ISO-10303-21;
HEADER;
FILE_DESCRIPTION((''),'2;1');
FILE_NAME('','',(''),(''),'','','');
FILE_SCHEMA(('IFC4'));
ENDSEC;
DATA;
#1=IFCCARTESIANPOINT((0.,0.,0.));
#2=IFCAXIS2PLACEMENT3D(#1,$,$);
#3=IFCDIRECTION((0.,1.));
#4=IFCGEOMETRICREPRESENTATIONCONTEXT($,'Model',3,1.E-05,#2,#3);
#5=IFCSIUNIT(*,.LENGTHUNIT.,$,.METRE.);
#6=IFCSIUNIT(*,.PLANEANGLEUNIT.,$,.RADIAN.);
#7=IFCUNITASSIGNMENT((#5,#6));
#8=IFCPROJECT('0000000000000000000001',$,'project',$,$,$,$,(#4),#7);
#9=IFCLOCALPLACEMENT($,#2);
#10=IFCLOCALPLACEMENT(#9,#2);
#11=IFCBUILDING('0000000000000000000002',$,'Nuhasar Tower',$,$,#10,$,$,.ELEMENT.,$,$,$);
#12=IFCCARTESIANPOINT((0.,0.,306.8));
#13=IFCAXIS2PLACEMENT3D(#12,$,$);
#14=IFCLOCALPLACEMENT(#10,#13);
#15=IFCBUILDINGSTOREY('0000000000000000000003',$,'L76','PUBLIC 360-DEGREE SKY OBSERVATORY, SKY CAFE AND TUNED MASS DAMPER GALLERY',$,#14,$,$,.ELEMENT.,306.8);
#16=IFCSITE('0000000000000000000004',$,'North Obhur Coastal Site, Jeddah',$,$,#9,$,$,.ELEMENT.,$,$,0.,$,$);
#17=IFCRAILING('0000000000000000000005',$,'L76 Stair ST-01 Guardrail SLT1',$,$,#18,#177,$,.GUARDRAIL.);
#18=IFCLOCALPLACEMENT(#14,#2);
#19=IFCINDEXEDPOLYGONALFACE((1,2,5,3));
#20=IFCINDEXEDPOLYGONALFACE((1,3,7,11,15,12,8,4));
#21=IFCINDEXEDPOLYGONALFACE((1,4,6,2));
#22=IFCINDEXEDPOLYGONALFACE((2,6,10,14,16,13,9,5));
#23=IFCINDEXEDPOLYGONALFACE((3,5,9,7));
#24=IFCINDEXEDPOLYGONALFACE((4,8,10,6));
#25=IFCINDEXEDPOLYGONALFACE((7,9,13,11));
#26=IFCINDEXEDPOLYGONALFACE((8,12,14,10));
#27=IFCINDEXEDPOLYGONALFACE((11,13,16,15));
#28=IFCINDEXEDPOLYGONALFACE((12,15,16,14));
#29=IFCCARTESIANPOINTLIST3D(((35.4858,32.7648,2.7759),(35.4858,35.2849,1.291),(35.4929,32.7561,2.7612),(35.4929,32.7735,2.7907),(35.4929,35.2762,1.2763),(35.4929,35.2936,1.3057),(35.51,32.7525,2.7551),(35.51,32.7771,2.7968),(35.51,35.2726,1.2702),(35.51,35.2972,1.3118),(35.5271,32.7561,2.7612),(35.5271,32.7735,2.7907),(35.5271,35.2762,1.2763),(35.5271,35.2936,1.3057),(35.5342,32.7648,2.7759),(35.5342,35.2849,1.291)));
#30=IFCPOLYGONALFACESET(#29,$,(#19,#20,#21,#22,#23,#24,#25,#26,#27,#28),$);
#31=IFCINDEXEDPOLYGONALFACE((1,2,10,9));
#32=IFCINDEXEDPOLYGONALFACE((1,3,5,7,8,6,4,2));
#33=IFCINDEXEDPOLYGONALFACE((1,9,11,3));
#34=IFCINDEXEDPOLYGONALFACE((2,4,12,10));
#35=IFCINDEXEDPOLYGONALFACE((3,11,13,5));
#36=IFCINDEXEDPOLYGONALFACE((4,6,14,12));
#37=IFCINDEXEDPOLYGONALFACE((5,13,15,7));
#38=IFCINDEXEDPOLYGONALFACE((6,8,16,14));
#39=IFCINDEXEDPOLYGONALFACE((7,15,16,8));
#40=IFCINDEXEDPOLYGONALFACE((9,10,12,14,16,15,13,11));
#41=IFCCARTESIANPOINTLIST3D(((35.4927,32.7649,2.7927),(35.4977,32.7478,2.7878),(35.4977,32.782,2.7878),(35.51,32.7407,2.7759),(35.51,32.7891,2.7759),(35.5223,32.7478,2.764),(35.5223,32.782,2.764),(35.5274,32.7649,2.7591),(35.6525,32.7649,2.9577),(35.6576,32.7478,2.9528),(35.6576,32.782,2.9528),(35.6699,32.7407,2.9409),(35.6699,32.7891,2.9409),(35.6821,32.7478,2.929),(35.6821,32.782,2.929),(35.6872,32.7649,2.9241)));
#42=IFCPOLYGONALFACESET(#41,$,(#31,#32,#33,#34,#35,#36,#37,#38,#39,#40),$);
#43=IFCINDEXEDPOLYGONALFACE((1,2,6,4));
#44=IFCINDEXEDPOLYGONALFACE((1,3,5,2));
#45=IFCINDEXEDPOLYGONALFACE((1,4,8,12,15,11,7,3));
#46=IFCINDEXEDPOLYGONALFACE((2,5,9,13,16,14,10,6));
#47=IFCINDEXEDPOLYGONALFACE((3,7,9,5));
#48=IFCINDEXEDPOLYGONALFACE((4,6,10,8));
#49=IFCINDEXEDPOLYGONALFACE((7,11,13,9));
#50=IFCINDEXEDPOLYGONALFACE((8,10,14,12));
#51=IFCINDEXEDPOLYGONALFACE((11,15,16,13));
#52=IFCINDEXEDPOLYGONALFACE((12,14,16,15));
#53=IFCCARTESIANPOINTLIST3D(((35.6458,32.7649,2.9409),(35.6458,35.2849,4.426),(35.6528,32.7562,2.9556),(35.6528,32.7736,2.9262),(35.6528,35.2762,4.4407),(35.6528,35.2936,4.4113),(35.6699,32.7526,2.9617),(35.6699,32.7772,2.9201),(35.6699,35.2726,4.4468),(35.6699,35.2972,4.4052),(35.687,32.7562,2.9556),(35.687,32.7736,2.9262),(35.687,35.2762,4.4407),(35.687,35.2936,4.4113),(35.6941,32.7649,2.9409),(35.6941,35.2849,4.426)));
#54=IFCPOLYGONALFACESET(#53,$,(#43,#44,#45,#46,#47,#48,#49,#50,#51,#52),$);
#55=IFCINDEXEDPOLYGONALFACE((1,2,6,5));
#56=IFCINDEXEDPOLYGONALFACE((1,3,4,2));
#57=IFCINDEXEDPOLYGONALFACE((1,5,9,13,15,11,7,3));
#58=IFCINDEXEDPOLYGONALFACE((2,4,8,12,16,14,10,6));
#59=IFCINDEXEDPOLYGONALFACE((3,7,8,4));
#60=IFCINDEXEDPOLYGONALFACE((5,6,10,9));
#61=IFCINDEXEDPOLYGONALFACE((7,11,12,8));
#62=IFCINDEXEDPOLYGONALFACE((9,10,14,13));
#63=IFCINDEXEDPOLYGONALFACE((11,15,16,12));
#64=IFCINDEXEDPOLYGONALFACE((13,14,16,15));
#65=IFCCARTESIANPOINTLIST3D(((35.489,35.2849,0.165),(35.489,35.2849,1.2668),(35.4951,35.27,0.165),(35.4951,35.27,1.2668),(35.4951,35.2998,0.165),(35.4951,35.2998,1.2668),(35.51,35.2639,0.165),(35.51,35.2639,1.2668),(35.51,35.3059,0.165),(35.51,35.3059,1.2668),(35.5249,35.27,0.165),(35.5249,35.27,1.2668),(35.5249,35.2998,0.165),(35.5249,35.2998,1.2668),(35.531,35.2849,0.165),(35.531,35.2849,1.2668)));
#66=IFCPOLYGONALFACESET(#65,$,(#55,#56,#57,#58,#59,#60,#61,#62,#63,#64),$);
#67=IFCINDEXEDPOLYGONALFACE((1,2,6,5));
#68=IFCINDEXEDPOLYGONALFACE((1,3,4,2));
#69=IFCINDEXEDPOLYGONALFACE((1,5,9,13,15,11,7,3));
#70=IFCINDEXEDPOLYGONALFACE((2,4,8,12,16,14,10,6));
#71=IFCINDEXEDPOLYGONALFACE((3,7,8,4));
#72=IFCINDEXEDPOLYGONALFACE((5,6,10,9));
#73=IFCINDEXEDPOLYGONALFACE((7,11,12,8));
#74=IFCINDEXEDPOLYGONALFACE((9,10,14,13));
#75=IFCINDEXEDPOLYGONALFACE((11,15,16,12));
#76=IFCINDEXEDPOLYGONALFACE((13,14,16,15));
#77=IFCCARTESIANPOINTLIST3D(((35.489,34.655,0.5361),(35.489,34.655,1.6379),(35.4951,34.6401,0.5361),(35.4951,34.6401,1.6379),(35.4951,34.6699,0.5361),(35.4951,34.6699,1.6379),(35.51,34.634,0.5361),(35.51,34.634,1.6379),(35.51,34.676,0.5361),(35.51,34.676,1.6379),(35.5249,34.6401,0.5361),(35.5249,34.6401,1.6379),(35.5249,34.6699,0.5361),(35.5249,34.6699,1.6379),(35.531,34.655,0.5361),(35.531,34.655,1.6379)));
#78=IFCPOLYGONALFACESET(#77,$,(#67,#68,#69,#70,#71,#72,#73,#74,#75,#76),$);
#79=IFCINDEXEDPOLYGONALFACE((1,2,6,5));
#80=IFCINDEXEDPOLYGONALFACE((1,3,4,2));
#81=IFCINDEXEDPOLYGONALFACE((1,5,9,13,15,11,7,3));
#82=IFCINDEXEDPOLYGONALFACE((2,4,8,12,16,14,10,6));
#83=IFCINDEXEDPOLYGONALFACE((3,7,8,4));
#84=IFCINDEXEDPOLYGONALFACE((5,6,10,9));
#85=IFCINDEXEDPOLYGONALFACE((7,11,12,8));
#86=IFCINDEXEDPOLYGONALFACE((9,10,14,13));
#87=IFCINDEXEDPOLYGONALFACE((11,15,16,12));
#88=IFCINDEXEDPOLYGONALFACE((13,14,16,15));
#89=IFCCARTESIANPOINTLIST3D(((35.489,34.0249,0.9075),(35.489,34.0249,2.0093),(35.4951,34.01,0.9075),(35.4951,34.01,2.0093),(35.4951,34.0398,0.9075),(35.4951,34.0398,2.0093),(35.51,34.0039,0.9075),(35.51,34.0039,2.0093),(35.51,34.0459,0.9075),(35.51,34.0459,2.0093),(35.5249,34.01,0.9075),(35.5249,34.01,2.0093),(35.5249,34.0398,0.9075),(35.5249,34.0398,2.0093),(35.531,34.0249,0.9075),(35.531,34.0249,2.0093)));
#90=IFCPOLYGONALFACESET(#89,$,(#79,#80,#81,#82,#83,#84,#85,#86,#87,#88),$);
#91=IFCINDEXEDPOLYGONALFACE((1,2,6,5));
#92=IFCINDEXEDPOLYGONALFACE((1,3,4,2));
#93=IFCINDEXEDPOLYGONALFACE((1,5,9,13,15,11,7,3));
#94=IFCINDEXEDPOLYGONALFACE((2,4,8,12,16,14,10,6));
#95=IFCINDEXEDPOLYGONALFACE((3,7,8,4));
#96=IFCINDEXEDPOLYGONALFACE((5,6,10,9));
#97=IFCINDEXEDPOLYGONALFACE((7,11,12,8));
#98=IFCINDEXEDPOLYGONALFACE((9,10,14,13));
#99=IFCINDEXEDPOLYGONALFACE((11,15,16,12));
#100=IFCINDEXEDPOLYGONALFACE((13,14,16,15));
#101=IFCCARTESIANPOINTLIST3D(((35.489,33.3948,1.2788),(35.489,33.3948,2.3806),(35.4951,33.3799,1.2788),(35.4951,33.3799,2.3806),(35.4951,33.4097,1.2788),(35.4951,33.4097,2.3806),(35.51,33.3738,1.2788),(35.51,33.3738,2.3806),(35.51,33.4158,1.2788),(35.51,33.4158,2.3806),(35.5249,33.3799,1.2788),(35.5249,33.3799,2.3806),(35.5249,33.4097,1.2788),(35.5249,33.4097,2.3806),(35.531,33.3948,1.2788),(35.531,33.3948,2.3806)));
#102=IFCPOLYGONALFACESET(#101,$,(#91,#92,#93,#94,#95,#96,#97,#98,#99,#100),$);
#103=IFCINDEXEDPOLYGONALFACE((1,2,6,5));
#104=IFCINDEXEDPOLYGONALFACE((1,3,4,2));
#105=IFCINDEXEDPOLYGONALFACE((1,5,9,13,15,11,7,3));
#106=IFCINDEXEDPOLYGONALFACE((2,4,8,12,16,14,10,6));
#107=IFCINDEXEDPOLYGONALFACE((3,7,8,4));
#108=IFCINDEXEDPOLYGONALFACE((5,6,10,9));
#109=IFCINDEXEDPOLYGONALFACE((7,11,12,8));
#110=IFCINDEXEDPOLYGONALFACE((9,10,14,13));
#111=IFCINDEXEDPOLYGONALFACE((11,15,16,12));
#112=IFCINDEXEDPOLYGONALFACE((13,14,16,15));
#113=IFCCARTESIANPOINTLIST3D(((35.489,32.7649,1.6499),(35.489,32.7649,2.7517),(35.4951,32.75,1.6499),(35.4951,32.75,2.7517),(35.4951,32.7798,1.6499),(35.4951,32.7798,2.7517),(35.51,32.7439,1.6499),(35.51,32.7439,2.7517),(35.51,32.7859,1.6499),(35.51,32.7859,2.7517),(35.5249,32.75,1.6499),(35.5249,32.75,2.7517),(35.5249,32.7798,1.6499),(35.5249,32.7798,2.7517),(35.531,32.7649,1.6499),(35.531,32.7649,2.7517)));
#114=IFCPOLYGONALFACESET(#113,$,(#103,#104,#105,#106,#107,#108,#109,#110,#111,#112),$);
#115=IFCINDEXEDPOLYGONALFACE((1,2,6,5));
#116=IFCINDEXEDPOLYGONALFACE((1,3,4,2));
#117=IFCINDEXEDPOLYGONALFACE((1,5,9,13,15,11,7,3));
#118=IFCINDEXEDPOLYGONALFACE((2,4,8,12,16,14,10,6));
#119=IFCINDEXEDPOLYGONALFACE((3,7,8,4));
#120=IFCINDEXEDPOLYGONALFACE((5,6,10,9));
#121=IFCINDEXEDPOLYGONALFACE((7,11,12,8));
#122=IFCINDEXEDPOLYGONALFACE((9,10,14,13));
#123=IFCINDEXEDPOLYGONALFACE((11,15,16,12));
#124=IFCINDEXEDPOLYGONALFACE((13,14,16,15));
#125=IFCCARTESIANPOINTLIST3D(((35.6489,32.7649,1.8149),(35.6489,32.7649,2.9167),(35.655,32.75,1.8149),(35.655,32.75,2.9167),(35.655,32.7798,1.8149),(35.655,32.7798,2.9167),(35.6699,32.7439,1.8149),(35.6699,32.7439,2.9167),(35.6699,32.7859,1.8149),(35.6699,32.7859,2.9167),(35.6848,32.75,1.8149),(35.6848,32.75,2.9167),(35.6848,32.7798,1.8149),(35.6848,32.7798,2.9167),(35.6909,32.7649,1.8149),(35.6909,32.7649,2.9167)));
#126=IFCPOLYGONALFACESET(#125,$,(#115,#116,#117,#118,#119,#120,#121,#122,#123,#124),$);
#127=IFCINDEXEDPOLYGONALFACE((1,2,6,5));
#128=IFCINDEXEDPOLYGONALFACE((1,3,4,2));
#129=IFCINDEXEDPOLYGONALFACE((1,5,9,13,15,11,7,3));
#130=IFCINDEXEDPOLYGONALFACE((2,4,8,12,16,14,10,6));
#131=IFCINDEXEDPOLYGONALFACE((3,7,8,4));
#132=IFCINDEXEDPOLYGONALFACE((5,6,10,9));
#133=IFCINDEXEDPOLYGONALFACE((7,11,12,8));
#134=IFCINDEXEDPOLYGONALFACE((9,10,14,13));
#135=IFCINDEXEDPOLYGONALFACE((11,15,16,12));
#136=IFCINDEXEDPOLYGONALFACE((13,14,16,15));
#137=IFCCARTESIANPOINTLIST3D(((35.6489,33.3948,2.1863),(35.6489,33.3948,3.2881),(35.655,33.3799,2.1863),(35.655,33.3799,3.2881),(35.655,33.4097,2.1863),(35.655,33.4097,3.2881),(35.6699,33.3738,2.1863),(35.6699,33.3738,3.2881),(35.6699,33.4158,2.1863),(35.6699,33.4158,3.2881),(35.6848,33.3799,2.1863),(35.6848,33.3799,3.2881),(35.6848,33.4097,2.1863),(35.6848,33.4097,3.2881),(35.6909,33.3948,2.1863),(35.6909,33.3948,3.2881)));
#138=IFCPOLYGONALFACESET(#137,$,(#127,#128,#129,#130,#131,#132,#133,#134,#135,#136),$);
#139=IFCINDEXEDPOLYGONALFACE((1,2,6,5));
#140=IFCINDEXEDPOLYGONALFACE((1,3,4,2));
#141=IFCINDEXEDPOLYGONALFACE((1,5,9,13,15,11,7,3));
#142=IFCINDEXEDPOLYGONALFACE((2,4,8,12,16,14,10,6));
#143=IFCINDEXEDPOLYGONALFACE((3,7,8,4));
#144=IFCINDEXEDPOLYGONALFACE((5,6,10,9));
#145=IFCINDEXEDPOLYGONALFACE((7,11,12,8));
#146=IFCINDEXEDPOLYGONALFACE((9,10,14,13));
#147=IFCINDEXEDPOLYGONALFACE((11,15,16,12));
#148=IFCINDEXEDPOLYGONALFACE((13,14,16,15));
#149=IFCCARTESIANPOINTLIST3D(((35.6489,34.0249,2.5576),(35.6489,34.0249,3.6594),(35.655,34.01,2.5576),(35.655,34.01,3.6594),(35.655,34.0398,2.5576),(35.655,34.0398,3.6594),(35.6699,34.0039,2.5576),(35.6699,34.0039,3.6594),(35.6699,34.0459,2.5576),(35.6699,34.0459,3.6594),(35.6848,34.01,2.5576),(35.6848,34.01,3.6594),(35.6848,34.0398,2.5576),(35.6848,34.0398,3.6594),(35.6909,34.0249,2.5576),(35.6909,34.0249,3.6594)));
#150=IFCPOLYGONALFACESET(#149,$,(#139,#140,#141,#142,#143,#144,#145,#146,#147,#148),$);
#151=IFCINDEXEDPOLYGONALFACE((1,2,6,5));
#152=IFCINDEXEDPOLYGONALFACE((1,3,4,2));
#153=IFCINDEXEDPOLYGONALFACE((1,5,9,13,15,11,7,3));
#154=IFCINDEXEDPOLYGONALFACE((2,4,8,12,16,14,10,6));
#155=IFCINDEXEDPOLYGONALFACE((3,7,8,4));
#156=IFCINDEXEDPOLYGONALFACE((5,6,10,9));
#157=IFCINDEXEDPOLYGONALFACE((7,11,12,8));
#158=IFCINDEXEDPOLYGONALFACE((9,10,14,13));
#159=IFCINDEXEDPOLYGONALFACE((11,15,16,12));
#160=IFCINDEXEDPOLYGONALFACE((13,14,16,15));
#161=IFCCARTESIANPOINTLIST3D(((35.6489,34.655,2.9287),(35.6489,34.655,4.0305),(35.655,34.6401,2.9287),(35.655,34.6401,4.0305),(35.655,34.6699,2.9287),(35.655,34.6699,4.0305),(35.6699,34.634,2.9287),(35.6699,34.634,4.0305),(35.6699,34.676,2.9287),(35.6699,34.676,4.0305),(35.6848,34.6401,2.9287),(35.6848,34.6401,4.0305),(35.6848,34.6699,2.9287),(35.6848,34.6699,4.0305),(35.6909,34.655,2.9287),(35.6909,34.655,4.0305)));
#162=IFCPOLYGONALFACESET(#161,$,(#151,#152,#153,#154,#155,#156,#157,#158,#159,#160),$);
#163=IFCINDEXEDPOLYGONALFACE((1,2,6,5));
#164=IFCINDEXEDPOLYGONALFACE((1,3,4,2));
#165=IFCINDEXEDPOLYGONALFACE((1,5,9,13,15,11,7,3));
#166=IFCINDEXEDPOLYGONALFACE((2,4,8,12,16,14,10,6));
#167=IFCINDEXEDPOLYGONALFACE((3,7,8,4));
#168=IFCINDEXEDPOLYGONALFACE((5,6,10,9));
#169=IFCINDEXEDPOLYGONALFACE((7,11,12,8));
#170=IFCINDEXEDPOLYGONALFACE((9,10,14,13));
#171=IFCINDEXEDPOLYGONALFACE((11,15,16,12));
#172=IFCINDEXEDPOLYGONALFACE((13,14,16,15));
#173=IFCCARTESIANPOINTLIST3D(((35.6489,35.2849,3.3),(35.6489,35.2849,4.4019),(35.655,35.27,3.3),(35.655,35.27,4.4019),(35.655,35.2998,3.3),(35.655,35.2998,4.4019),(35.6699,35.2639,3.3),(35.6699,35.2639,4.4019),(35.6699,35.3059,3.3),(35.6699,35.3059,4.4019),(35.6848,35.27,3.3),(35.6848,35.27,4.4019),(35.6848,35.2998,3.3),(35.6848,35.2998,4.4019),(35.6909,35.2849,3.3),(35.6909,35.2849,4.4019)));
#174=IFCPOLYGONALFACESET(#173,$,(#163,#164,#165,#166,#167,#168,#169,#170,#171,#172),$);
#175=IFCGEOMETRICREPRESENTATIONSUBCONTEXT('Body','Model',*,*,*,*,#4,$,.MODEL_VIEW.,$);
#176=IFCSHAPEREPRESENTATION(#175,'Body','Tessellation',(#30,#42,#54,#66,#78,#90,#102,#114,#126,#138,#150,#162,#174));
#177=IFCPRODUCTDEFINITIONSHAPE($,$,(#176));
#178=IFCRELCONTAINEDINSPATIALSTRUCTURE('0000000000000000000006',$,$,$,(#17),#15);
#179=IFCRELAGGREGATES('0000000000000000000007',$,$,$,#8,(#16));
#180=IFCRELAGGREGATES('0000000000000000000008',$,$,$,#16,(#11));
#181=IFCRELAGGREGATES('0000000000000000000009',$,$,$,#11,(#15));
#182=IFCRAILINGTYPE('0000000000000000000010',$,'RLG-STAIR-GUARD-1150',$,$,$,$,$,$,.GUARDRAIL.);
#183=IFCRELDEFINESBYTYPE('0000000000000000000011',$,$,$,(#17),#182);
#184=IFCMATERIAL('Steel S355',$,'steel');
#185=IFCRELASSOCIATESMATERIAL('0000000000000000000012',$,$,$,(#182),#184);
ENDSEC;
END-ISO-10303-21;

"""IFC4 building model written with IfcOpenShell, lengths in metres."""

from ifc_helpers import new_model, si_unit, direction, frame, origin, place, context, subcontext, project, spatial, polyline, outline, extrude, material, type_object, element, save


model = new_model("IFC4")

# Units and contexts
model_context = context("Model", 3, precision=1e-05, world=origin(), true_north=direction((0.0, 1.0)))
body_context = subcontext(model_context, "Body", "Model", "MODEL_VIEW")
ifc_project = project(units=[si_unit("LENGTHUNIT", "METRE"), si_unit("PLANEANGLEUNIT", "RADIAN")], contexts=[model_context])

# Site, building, storey
site_placement = place(None, origin())
site = spatial("IfcSite", under=ifc_project, at=site_placement, Name="North Obhur Coastal Site, Jeddah", CompositionType="ELEMENT", RefElevation=0.0)
building_placement = place(site_placement, origin())
building = spatial("IfcBuilding", under=site, at=building_placement, Name="Nuhasar Tower", CompositionType="ELEMENT")
storey_placement = place(building_placement, frame((0.0, 0.0, 306.8)))
storey = spatial("IfcBuildingStorey", under=building, at=storey_placement, Name="L76", Description="PUBLIC 360-DEGREE SKY OBSERVATORY, SKY CAFE AND TUNED MASS DAMPER GALLERY", CompositionType="ELEMENT", Elevation=306.8)

# Shared definitions
ifc_material_1 = material(Name="Steel S355", Category="steel")

# Railing
railing_type_1 = type_object("IfcRailingType", Name="RLG-STAIR-GUARD-1150", PredefinedType="GUARDRAIL", material=ifc_material_1)
railing_1_placement = place(storey_placement, frame((35.51, 35.2849, 0.165)))
element("IfcRailing", 1, at=railing_1_placement, inside=storey, type_object=railing_type_1, Name="L76 Stair ST-01 Guardrail SLT1", PredefinedType="GUARDRAIL", context=body_context, shape_type="SweptSolid", body=[
    extrude(outline(polyline([(0.0242, 0.0), (0.0171, 0.0171), (0.0, 0.0242), (-0.0171, 0.0171), (-0.0242, 0.0), (-0.0171, -0.0171), (0.0, -0.0242), (0.0171, -0.0171), (0.0242, 0.0)])), frame((0.0, 0.0, 1.126), z_axis=(0.0, -0.861561, 0.507655), x_axis=(1.0, 0.0, 0.0)), (0.0, 0.0, 1.0), 2.925),
    extrude(outline(polyline([(0.0242, 0.0), (0.0171, 0.0171), (0.0, 0.0242), (-0.0171, 0.0171), (-0.0242, 0.0), (-0.0171, -0.0171), (0.0, -0.0242), (0.0171, -0.0171), (0.0242, 0.0)])), frame((0.0, -2.52, 2.6108), z_axis=(0.695864, 0.0, 0.718174), x_axis=(0.0, 1.0, 0.0)), (0.0, 0.0, 1.0), 0.2297),
    extrude(outline(polyline([(0.0242, 0.0), (0.0171, 0.0171), (0.0, 0.0242), (-0.0171, 0.0171), (-0.0242, 0.0), (-0.0171, -0.0171), (0.0, -0.0242), (0.0171, -0.0171), (0.0242, 0.0)])), frame((0.1599, -2.52, 2.7759), z_axis=(0.0, 0.861524, 0.507717), x_axis=(-1.0, 0.0, 0.0)), (0.0, 0.0, 1.0), 2.925),
    extrude(outline(polyline([(0.021, 0.0), (0.0149, 0.0149), (0.0, 0.021), (-0.0149, 0.0149), (-0.021, 0.0), (-0.0149, -0.0149), (0.0, -0.021), (0.0149, -0.0149), (0.021, 0.0)])), origin(), (0.0, 0.0, 1.0), 1.1018),
    extrude(outline(polyline([(0.021, 0.0), (0.0149, 0.0149), (0.0, 0.021), (-0.0149, 0.0149), (-0.021, 0.0), (-0.0149, -0.0149), (0.0, -0.021), (0.0149, -0.0149), (0.021, 0.0)])), frame((0.0, -0.6299, 0.3711)), (0.0, 0.0, 1.0), 1.1018),
    extrude(outline(polyline([(0.021, 0.0), (0.0149, 0.0149), (0.0, 0.021), (-0.0149, 0.0149), (-0.021, 0.0), (-0.0149, -0.0149), (0.0, -0.021), (0.0149, -0.0149), (0.021, 0.0)])), frame((0.0, -1.26, 0.7424)), (0.0, 0.0, 1.0), 1.1018),
    extrude(outline(polyline([(0.021, 0.0), (0.0149, 0.0149), (0.0, 0.021), (-0.0149, 0.0149), (-0.021, 0.0), (-0.0149, -0.0149), (0.0, -0.021), (0.0149, -0.0149), (0.021, 0.0)])), frame((0.0, -1.8901, 1.1138)), (0.0, 0.0, 1.0), 1.1018),
    extrude(outline(polyline([(0.021, 0.0), (0.0149, 0.0149), (0.0, 0.021), (-0.0149, 0.0149), (-0.021, 0.0), (-0.0149, -0.0149), (0.0, -0.021), (0.0149, -0.0149), (0.021, 0.0)])), frame((0.0, -2.52, 1.4849)), (0.0, 0.0, 1.0), 1.1018),
    extrude(outline(polyline([(0.021, 0.0), (0.0149, 0.0149), (0.0, 0.021), (-0.0149, 0.0149), (-0.021, 0.0), (-0.0149, -0.0149), (0.0, -0.021), (0.0149, -0.0149), (0.021, 0.0)])), frame((0.1599, -2.52, 1.6499)), (0.0, 0.0, 1.0), 1.1018),
    extrude(outline(polyline([(0.021, 0.0), (0.0149, 0.0149), (0.0, 0.021), (-0.0149, 0.0149), (-0.021, 0.0), (-0.0149, -0.0149), (0.0, -0.021), (0.0149, -0.0149), (0.021, 0.0)])), frame((0.1599, -1.8901, 2.0212)), (0.0, 0.0, 1.0), 1.1018),
    extrude(outline(polyline([(0.021, 0.0), (0.0149, 0.0149), (0.0, 0.021), (-0.0149, 0.0149), (-0.021, 0.0), (-0.0149, -0.0149), (0.0, -0.021), (0.0149, -0.0149), (0.021, 0.0)])), frame((0.1599, -1.26, 2.3926)), (0.0, 0.0, 1.0), 1.1018),
    extrude(outline(polyline([(0.021, 0.0), (0.0149, 0.0149), (0.0, 0.021), (-0.0149, 0.0149), (-0.021, 0.0), (-0.0149, -0.0149), (0.0, -0.021), (0.0149, -0.0149), (0.021, 0.0)])), frame((0.1599, -0.6299, 2.7637)), (0.0, 0.0, 1.0), 1.1018),
    extrude(outline(polyline([(0.021, 0.0), (0.0149, 0.0149), (0.0, 0.021), (-0.0149, 0.0149), (-0.021, 0.0), (-0.0149, -0.0149), (0.0, -0.021), (0.0149, -0.0149), (0.021, 0.0)])), frame((0.1599, 0.0, 3.135)), (0.0, 0.0, 1.0), 1.1018),
])

save(model, "model.ifc")
